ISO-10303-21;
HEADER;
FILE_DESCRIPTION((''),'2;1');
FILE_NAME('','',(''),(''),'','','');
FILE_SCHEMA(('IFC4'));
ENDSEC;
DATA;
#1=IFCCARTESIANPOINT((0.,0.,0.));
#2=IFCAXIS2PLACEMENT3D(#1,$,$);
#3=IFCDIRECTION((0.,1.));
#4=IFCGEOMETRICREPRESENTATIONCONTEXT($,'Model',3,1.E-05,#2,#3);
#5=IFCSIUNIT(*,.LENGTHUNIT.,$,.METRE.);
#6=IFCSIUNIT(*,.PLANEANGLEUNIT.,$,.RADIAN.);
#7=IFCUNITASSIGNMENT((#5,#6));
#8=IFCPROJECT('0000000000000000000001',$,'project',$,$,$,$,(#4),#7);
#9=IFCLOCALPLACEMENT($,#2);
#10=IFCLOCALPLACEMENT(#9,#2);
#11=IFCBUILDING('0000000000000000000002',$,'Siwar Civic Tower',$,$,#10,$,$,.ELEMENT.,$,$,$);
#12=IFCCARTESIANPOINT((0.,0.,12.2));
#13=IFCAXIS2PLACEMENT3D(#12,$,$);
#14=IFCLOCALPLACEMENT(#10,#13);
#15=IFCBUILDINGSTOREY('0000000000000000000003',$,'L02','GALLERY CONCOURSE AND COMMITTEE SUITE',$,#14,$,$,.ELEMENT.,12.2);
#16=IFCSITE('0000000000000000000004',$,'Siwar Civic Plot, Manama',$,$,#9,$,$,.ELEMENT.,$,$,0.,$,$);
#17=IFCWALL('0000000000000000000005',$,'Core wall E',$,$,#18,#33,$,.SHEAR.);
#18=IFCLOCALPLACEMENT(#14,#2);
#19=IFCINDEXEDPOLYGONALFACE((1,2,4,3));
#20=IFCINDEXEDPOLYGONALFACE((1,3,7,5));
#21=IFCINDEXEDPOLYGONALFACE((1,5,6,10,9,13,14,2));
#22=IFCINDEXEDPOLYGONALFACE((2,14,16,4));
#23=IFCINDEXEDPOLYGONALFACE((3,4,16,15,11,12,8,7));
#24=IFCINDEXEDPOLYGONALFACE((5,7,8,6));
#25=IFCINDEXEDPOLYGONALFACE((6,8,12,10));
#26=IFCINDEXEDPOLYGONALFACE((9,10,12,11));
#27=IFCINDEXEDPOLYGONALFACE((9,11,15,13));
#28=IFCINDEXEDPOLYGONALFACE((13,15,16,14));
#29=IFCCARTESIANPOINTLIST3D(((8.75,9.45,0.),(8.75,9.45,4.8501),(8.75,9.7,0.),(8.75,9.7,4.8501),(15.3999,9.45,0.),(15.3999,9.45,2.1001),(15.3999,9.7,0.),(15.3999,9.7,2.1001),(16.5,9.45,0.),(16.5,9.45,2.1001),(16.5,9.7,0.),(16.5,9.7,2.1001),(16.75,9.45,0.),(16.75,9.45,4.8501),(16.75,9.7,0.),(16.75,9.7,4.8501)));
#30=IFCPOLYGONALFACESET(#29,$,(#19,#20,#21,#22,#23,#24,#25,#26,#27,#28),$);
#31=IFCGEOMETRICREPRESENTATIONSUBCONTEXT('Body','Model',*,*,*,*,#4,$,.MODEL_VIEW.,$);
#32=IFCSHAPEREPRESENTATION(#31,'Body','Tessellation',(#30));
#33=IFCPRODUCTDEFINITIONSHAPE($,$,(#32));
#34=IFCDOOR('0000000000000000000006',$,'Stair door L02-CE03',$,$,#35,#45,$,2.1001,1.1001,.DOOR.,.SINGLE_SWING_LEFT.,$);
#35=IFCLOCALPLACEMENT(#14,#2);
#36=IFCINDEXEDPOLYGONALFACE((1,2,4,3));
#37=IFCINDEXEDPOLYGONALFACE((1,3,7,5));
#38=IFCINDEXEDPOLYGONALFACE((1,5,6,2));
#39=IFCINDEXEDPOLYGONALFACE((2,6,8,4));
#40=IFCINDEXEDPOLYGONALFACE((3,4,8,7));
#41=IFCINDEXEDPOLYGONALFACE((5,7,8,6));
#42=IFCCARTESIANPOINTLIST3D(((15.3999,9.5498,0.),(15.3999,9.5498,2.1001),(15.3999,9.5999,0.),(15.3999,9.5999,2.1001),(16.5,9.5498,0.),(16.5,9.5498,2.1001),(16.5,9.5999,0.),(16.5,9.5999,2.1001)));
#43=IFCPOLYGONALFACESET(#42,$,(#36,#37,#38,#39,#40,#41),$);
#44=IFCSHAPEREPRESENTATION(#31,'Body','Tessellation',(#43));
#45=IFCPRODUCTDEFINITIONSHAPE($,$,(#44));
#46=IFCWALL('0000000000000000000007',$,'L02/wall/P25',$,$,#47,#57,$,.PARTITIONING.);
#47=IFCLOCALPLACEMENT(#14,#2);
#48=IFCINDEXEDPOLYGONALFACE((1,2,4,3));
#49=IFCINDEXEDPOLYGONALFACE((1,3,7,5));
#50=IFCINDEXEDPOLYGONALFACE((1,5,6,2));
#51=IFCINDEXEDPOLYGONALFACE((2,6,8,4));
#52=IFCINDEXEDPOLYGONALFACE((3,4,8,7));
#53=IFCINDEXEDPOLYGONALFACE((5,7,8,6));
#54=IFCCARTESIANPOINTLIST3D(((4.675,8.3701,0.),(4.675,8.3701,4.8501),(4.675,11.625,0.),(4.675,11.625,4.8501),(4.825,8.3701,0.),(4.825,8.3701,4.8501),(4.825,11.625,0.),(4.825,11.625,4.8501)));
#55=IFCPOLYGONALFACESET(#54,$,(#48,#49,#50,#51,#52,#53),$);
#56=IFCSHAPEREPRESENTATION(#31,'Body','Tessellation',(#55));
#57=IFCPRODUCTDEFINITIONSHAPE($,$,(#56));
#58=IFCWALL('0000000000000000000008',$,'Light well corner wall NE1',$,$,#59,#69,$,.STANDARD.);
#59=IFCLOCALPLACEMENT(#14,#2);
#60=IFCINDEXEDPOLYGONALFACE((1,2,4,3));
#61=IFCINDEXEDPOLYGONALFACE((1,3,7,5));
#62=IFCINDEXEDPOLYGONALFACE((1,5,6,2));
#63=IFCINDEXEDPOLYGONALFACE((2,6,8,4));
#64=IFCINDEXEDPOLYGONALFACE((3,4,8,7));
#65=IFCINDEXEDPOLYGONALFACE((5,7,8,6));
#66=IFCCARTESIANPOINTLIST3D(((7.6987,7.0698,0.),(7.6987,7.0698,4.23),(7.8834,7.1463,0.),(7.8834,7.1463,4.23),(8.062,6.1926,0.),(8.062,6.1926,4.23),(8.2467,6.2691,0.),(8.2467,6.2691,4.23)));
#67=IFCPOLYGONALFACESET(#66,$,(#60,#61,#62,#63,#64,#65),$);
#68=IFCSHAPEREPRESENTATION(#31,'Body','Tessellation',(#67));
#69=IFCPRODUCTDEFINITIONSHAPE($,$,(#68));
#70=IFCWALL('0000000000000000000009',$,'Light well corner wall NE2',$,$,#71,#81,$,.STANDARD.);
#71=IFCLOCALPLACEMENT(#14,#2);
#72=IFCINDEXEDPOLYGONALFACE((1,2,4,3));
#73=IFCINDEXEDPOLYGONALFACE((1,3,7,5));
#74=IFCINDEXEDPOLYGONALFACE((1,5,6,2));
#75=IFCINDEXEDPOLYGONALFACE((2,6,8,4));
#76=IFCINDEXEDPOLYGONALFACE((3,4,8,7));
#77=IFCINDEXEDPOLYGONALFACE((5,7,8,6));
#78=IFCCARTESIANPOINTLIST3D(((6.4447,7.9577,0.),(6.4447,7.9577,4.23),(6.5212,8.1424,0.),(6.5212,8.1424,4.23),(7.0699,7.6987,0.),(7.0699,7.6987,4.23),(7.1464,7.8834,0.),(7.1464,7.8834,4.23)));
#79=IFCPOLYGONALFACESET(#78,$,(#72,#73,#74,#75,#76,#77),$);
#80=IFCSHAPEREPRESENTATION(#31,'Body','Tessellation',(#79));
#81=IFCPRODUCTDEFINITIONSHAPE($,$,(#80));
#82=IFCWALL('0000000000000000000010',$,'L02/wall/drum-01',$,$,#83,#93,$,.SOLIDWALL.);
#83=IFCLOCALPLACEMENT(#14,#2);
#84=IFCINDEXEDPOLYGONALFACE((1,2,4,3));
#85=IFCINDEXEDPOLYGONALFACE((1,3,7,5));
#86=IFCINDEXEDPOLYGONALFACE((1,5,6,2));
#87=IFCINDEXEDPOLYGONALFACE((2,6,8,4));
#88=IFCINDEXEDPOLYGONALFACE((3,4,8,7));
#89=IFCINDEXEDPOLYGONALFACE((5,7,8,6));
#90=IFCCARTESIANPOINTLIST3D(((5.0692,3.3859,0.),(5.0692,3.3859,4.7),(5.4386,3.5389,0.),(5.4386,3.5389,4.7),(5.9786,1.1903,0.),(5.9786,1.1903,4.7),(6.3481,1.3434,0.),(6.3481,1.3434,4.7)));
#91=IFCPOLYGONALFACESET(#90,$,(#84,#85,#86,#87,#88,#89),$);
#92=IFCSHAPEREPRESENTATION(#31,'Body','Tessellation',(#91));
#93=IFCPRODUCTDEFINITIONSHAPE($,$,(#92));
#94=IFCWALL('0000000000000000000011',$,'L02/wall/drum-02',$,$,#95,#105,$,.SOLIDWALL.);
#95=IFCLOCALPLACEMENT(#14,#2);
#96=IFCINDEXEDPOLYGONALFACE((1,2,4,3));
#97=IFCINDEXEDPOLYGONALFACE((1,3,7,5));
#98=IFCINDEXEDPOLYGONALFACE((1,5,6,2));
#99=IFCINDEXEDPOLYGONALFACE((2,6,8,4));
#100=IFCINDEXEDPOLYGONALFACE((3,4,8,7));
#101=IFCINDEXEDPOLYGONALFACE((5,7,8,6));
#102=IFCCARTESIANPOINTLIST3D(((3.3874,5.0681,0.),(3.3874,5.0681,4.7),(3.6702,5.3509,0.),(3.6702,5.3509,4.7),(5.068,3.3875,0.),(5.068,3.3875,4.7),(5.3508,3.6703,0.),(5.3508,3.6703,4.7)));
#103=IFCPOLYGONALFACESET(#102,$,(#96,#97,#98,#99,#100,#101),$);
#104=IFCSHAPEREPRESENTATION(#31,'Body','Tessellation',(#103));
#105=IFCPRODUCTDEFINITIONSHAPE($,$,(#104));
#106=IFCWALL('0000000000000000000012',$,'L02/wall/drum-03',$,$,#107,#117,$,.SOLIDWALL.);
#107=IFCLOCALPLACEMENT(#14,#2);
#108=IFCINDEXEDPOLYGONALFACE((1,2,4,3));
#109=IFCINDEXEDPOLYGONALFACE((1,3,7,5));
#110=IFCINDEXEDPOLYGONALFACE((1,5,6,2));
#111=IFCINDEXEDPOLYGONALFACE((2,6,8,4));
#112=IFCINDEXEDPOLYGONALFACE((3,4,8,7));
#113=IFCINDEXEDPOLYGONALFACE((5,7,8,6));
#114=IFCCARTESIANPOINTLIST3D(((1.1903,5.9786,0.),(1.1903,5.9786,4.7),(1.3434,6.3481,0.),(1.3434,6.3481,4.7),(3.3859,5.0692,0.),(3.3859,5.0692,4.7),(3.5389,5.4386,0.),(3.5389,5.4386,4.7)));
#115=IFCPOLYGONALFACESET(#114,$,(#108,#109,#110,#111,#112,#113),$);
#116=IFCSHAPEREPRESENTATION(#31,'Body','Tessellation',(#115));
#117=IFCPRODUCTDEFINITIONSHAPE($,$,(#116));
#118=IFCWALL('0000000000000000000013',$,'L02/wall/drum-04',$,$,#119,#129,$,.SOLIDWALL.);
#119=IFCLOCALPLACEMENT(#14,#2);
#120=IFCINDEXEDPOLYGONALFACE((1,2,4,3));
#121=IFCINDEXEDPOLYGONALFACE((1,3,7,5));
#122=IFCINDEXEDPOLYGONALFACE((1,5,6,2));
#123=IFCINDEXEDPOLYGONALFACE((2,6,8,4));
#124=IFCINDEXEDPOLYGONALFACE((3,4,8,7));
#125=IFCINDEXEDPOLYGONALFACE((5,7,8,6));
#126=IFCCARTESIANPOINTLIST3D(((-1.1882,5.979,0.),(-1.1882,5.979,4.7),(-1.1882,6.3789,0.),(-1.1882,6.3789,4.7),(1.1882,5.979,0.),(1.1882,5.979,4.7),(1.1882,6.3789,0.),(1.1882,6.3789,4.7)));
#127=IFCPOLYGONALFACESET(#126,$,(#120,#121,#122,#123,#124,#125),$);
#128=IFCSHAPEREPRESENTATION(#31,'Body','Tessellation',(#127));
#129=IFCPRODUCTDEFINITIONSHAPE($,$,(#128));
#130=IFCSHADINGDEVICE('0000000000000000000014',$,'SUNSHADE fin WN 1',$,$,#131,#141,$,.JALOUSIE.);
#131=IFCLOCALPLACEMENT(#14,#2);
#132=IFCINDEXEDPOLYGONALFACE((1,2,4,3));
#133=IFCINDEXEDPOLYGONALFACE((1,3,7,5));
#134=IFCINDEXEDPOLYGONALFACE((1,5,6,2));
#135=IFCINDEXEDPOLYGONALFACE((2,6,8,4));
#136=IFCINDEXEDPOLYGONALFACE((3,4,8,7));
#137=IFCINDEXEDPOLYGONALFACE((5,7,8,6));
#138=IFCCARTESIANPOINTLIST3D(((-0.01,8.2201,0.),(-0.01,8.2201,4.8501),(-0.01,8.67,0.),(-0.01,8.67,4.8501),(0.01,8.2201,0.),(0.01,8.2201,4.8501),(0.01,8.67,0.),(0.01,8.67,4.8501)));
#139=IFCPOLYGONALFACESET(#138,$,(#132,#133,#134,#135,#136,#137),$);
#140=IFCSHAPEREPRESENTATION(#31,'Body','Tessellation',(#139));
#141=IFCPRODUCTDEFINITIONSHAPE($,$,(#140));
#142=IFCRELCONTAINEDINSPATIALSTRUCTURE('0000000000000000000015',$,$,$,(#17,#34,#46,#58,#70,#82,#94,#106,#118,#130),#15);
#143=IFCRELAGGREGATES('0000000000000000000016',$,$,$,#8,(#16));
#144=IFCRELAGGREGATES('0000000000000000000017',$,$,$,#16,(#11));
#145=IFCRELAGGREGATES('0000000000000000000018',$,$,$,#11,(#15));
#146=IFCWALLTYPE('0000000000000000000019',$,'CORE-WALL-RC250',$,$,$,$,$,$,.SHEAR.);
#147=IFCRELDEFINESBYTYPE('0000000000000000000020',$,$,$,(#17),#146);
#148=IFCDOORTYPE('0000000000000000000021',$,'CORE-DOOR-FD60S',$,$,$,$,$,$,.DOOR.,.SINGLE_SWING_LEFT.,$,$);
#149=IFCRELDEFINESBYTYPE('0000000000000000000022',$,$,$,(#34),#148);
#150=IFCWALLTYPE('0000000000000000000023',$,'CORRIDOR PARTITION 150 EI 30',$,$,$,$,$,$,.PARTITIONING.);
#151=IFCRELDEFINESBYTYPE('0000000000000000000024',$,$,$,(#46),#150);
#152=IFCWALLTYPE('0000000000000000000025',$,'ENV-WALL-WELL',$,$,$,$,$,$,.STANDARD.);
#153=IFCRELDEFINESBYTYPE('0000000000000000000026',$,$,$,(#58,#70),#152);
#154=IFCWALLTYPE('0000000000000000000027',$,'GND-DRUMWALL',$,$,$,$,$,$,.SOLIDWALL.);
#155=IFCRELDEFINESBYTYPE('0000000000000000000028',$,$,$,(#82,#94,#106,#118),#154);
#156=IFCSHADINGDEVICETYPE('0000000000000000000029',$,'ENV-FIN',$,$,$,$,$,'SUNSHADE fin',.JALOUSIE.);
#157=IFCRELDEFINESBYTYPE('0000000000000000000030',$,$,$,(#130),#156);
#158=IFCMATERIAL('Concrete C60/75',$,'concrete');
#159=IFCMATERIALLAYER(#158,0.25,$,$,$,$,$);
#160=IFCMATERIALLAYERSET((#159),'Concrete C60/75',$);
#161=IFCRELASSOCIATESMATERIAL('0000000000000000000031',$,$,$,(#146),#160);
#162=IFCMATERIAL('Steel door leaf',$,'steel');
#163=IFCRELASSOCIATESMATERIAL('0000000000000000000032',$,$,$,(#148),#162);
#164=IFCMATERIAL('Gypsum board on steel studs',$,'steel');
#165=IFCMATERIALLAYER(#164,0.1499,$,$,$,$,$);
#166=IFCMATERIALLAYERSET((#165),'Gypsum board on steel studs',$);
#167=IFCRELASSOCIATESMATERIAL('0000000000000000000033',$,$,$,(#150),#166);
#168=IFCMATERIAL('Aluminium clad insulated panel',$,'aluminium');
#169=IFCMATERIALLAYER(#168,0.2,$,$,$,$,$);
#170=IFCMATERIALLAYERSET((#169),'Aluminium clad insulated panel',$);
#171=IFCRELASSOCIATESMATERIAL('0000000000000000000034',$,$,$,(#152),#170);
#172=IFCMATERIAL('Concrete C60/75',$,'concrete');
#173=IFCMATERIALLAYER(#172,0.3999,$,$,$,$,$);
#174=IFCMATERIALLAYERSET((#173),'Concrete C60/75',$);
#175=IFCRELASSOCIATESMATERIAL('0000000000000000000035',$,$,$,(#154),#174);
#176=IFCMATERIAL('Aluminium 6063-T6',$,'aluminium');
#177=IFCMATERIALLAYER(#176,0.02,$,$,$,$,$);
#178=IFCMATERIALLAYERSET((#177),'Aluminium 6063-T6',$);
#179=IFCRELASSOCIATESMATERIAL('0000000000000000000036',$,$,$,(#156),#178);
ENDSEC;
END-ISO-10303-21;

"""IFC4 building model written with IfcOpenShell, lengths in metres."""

from ifc_helpers import new_model, si_unit, direction, frame, frame_2d, origin, origin_2d, place, context, subcontext, project, spatial, rectangle, extrude, material, layer, layer_set, type_object, element, fill, save


model = new_model("IFC4")

# Units and contexts
model_context = context("Model", 3, precision=1e-05, world=origin(), true_north=direction((0.0, 1.0)))
body_context = subcontext(model_context, "Body", "Model", "MODEL_VIEW")
ifc_project = project(units=[si_unit("LENGTHUNIT", "METRE"), si_unit("PLANEANGLEUNIT", "RADIAN")], contexts=[model_context])

# Site, building, storey
site_placement = place(None, origin())
site = spatial("IfcSite", under=ifc_project, at=site_placement, Name="Siwar Civic Plot, Manama", CompositionType="ELEMENT", RefElevation=0.0)
building_placement = place(site_placement, origin())
building = spatial("IfcBuilding", under=site, at=building_placement, Name="Siwar Civic Tower", CompositionType="ELEMENT")
storey_placement = place(building_placement, frame((0.0, 0.0, 12.2)))
storey = spatial("IfcBuildingStorey", under=building, at=storey_placement, Name="L02", Description="GALLERY CONCOURSE AND COMMITTEE SUITE", CompositionType="ELEMENT", Elevation=12.2)

# Shared definitions
ifc_material_1 = material(Name="Concrete C60/75", Category="concrete")
ifc_layer_1 = layer(ifc_material_1, 0.25)
ifc_layer_set_1 = layer_set([ifc_layer_1], Name="Concrete C60/75")
wall_type_1 = type_object("IfcWallType", Name="CORE-WALL-RC250", PredefinedType="SHEAR", material=ifc_layer_set_1)

# Wall, opening, door
wall_1_placement = place(storey_placement, frame((8.75, 9.575, 0.0), z_axis=(0.0, 0.0, 1.0), x_axis=(1.0, 0.0, 0.0)))
wall_1 = element("IfcWall", 1, at=wall_1_placement, inside=storey, type_object=wall_type_1, Name="Core wall E", PredefinedType="SHEAR", context=body_context, shape_type="SweptSolid", body=[
    extrude(rectangle(XDim=8.0, YDim=0.25, at=frame_2d((4.0, 0.0))), origin(), (0.0, 0.0, 1.0), 4.8501),
])
opening_1_placement = place(wall_1_placement, frame((6.6499, 0.0, 0.0)))
opening_1 = element("IfcOpeningElement", 2, at=opening_1_placement, cuts=wall_1, PredefinedType="OPENING", context=body_context, shape_type="SweptSolid", body=[
    extrude(rectangle(XDim=1.1001, YDim=2.1001, at=frame_2d((0.55, 1.05))), frame((0.0, 0.135, 0.0), z_axis=(0.0, -1.0, 0.0), x_axis=(1.0, 0.0, 0.0)), (0.0, 0.0, 1.0), 0.27),
])
ifc_material_2 = material(Name="Steel door leaf", Category="steel")
door_type_1 = type_object("IfcDoorType", Name="CORE-DOOR-FD60S", OperationType="SINGLE_SWING_LEFT", PredefinedType="DOOR", material=ifc_material_2)
door_1_placement = place(opening_1_placement, origin())
door_1 = element("IfcDoor", 3, at=door_1_placement, inside=storey, type_object=door_type_1, Name="Stair door L02-CE03", OperationType="SINGLE_SWING_LEFT", OverallHeight=2.1001, OverallWidth=1.1001, PredefinedType="DOOR", context=body_context, shape_type="SweptSolid", body=[
    extrude(rectangle(XDim=1.1001, YDim=2.1001, at=frame_2d((0.55, 1.05))), frame((0.0, 0.0249, 0.0), z_axis=(0.0, -1.0, 0.0), x_axis=(1.0, 0.0, 0.0)), (0.0, 0.0, 1.0), 0.05),
])
fill(opening_1, door_1)

# Walls
ifc_material_3 = material(Name="Gypsum board on steel studs", Category="steel")
ifc_layer_2 = layer(ifc_material_3, 0.1499)
ifc_layer_set_2 = layer_set([ifc_layer_2], Name="Gypsum board on steel studs")
wall_type_2 = type_object("IfcWallType", Name="CORRIDOR PARTITION 150 EI 30", PredefinedType="PARTITIONING", material=ifc_layer_set_2)
wall_2_placement = place(storey_placement, frame((4.75, 8.3701, 0.0), z_axis=(0.0, 0.0, 1.0), x_axis=(0.0, 1.0, 0.0)))
element("IfcWall", 4, at=wall_2_placement, inside=storey, type_object=wall_type_2, Name="L02/wall/P25", PredefinedType="PARTITIONING", context=body_context, shape_type="SweptSolid", body=[
    extrude(rectangle(XDim=3.2549, YDim=0.1499, at=frame_2d((1.6274, 0.0))), origin(), (0.0, 0.0, 1.0), 4.8501),
])
ifc_material_4 = material(Name="Aluminium clad insulated panel", Category="aluminium")
ifc_layer_3 = layer(ifc_material_4, 0.2)
ifc_layer_set_3 = layer_set([ifc_layer_3], Name="Aluminium clad insulated panel")
wall_type_3 = type_object("IfcWallType", Name="ENV-WALL-WELL", PredefinedType="STANDARD", material=ifc_layer_set_3)
wall_3_placement = place(storey_placement, frame((8.1543, 6.231, 0.0), z_axis=(0.0, 0.0, 1.0), x_axis=(-0.382624, 0.923904, 0.0)))
element("IfcWall", 5, at=wall_3_placement, inside=storey, type_object=wall_type_3, Name="Light well corner wall NE1", PredefinedType="STANDARD", context=body_context, shape_type="SweptSolid", body=[
    extrude(rectangle(XDim=0.9495, YDim=0.2, at=frame_2d((0.4746, 0.0))), origin(), (0.0, 0.0, 1.0), 4.23),
])
wall_4_placement = place(storey_placement, frame((7.1082, 7.791, 0.0), z_axis=(0.0, 0.0, 1.0), x_axis=(-0.923854, 0.382745, 0.0)))
element("IfcWall", 6, at=wall_4_placement, inside=storey, type_object=wall_type_3, Name="Light well corner wall NE2", PredefinedType="STANDARD", context=body_context, shape_type="SweptSolid", body=[
    extrude(rectangle(XDim=0.6768, YDim=0.2, at=frame_2d((0.3384, 0.0))), origin(), (0.0, 0.0, 1.0), 4.23),
])
ifc_material_5 = material(Name="Concrete C60/75", Category="concrete")
ifc_layer_4 = layer(ifc_material_5, 0.3999)
ifc_layer_set_4 = layer_set([ifc_layer_4], Name="Concrete C60/75")
wall_type_4 = type_object("IfcWallType", Name="GND-DRUMWALL", PredefinedType="SOLIDWALL", material=ifc_layer_set_4)
wall_5_placement = place(storey_placement, frame((6.1633, 1.2668, 0.0), z_axis=(0.0, 0.0, 1.0), x_axis=(-0.382681, 0.92388, 0.0)))
element("IfcWall", 7, at=wall_5_placement, inside=storey, type_object=wall_type_4, Name="L02/wall/drum-01", PredefinedType="SOLIDWALL", context=body_context, shape_type="SweptSolid", body=[
    extrude(rectangle(XDim=2.3765, YDim=0.3999, at=frame_2d((1.1882, 0.0))), origin(), (0.0, 0.0, 1.0), 4.7),
])
wall_6_placement = place(storey_placement, frame((5.2095, 3.5288, 0.0), z_axis=(0.0, 0.0, 1.0), x_axis=(-0.707107, 0.707107, 0.0)))
element("IfcWall", 8, at=wall_6_placement, inside=storey, type_object=wall_type_4, Name="L02/wall/drum-02", PredefinedType="SOLIDWALL", context=body_context, shape_type="SweptSolid", body=[
    extrude(rectangle(XDim=2.3767, YDim=0.3999, at=frame_2d((1.1885, 0.0))), origin(), (0.0, 0.0, 1.0), 4.7),
])
for number, where, z_axis, x_axis, name in (
    (9, (3.4624, 5.2539, 0.0), (0.0, 0.0, 1.0), (-0.92388, 0.382681, 0.0), "L02/wall/drum-03"),
    (10, (1.1882, 6.179, 0.0), (0.0, 0.0, 1.0), (-1.0, 0.0, 0.0), "L02/wall/drum-04"),
):
    element("IfcWall", number, at=place(storey_placement, frame(where, z_axis=z_axis, x_axis=x_axis)), inside=storey, type_object=wall_type_4, Name=name, PredefinedType="SOLIDWALL", context=body_context, shape_type="SweptSolid", body=[
        extrude(rectangle(XDim=2.3765, YDim=0.3999, at=frame_2d((1.1882, 0.0))), origin(), (0.0, 0.0, 1.0), 4.7),
    ])

# Shading device
ifc_material_6 = material(Name="Aluminium 6063-T6", Category="aluminium")
ifc_layer_5 = layer(ifc_material_6, 0.02)
ifc_layer_set_5 = layer_set([ifc_layer_5], Name="Aluminium 6063-T6")
shading_device_type = type_object("IfcShadingDeviceType", Name="ENV-FIN", ElementType="SUNSHADE fin", PredefinedType="JALOUSIE", material=ifc_layer_set_5)
shading_device_placement = place(storey_placement, frame((0.0, 8.4451, 0.0), z_axis=(0.0, 0.0, 1.0), x_axis=(-1.0, 0.0, 0.0)))
element("IfcShadingDevice", 11, at=shading_device_placement, inside=storey, type_object=shading_device_type, Name="SUNSHADE fin WN 1", PredefinedType="JALOUSIE", context=body_context, shape_type="SweptSolid", body=[
    extrude(rectangle(XDim=0.02, YDim=0.45, at=origin_2d()), origin(), (0.0, 0.0, 1.0), 4.8501),
])

save(model, "model.ifc")
